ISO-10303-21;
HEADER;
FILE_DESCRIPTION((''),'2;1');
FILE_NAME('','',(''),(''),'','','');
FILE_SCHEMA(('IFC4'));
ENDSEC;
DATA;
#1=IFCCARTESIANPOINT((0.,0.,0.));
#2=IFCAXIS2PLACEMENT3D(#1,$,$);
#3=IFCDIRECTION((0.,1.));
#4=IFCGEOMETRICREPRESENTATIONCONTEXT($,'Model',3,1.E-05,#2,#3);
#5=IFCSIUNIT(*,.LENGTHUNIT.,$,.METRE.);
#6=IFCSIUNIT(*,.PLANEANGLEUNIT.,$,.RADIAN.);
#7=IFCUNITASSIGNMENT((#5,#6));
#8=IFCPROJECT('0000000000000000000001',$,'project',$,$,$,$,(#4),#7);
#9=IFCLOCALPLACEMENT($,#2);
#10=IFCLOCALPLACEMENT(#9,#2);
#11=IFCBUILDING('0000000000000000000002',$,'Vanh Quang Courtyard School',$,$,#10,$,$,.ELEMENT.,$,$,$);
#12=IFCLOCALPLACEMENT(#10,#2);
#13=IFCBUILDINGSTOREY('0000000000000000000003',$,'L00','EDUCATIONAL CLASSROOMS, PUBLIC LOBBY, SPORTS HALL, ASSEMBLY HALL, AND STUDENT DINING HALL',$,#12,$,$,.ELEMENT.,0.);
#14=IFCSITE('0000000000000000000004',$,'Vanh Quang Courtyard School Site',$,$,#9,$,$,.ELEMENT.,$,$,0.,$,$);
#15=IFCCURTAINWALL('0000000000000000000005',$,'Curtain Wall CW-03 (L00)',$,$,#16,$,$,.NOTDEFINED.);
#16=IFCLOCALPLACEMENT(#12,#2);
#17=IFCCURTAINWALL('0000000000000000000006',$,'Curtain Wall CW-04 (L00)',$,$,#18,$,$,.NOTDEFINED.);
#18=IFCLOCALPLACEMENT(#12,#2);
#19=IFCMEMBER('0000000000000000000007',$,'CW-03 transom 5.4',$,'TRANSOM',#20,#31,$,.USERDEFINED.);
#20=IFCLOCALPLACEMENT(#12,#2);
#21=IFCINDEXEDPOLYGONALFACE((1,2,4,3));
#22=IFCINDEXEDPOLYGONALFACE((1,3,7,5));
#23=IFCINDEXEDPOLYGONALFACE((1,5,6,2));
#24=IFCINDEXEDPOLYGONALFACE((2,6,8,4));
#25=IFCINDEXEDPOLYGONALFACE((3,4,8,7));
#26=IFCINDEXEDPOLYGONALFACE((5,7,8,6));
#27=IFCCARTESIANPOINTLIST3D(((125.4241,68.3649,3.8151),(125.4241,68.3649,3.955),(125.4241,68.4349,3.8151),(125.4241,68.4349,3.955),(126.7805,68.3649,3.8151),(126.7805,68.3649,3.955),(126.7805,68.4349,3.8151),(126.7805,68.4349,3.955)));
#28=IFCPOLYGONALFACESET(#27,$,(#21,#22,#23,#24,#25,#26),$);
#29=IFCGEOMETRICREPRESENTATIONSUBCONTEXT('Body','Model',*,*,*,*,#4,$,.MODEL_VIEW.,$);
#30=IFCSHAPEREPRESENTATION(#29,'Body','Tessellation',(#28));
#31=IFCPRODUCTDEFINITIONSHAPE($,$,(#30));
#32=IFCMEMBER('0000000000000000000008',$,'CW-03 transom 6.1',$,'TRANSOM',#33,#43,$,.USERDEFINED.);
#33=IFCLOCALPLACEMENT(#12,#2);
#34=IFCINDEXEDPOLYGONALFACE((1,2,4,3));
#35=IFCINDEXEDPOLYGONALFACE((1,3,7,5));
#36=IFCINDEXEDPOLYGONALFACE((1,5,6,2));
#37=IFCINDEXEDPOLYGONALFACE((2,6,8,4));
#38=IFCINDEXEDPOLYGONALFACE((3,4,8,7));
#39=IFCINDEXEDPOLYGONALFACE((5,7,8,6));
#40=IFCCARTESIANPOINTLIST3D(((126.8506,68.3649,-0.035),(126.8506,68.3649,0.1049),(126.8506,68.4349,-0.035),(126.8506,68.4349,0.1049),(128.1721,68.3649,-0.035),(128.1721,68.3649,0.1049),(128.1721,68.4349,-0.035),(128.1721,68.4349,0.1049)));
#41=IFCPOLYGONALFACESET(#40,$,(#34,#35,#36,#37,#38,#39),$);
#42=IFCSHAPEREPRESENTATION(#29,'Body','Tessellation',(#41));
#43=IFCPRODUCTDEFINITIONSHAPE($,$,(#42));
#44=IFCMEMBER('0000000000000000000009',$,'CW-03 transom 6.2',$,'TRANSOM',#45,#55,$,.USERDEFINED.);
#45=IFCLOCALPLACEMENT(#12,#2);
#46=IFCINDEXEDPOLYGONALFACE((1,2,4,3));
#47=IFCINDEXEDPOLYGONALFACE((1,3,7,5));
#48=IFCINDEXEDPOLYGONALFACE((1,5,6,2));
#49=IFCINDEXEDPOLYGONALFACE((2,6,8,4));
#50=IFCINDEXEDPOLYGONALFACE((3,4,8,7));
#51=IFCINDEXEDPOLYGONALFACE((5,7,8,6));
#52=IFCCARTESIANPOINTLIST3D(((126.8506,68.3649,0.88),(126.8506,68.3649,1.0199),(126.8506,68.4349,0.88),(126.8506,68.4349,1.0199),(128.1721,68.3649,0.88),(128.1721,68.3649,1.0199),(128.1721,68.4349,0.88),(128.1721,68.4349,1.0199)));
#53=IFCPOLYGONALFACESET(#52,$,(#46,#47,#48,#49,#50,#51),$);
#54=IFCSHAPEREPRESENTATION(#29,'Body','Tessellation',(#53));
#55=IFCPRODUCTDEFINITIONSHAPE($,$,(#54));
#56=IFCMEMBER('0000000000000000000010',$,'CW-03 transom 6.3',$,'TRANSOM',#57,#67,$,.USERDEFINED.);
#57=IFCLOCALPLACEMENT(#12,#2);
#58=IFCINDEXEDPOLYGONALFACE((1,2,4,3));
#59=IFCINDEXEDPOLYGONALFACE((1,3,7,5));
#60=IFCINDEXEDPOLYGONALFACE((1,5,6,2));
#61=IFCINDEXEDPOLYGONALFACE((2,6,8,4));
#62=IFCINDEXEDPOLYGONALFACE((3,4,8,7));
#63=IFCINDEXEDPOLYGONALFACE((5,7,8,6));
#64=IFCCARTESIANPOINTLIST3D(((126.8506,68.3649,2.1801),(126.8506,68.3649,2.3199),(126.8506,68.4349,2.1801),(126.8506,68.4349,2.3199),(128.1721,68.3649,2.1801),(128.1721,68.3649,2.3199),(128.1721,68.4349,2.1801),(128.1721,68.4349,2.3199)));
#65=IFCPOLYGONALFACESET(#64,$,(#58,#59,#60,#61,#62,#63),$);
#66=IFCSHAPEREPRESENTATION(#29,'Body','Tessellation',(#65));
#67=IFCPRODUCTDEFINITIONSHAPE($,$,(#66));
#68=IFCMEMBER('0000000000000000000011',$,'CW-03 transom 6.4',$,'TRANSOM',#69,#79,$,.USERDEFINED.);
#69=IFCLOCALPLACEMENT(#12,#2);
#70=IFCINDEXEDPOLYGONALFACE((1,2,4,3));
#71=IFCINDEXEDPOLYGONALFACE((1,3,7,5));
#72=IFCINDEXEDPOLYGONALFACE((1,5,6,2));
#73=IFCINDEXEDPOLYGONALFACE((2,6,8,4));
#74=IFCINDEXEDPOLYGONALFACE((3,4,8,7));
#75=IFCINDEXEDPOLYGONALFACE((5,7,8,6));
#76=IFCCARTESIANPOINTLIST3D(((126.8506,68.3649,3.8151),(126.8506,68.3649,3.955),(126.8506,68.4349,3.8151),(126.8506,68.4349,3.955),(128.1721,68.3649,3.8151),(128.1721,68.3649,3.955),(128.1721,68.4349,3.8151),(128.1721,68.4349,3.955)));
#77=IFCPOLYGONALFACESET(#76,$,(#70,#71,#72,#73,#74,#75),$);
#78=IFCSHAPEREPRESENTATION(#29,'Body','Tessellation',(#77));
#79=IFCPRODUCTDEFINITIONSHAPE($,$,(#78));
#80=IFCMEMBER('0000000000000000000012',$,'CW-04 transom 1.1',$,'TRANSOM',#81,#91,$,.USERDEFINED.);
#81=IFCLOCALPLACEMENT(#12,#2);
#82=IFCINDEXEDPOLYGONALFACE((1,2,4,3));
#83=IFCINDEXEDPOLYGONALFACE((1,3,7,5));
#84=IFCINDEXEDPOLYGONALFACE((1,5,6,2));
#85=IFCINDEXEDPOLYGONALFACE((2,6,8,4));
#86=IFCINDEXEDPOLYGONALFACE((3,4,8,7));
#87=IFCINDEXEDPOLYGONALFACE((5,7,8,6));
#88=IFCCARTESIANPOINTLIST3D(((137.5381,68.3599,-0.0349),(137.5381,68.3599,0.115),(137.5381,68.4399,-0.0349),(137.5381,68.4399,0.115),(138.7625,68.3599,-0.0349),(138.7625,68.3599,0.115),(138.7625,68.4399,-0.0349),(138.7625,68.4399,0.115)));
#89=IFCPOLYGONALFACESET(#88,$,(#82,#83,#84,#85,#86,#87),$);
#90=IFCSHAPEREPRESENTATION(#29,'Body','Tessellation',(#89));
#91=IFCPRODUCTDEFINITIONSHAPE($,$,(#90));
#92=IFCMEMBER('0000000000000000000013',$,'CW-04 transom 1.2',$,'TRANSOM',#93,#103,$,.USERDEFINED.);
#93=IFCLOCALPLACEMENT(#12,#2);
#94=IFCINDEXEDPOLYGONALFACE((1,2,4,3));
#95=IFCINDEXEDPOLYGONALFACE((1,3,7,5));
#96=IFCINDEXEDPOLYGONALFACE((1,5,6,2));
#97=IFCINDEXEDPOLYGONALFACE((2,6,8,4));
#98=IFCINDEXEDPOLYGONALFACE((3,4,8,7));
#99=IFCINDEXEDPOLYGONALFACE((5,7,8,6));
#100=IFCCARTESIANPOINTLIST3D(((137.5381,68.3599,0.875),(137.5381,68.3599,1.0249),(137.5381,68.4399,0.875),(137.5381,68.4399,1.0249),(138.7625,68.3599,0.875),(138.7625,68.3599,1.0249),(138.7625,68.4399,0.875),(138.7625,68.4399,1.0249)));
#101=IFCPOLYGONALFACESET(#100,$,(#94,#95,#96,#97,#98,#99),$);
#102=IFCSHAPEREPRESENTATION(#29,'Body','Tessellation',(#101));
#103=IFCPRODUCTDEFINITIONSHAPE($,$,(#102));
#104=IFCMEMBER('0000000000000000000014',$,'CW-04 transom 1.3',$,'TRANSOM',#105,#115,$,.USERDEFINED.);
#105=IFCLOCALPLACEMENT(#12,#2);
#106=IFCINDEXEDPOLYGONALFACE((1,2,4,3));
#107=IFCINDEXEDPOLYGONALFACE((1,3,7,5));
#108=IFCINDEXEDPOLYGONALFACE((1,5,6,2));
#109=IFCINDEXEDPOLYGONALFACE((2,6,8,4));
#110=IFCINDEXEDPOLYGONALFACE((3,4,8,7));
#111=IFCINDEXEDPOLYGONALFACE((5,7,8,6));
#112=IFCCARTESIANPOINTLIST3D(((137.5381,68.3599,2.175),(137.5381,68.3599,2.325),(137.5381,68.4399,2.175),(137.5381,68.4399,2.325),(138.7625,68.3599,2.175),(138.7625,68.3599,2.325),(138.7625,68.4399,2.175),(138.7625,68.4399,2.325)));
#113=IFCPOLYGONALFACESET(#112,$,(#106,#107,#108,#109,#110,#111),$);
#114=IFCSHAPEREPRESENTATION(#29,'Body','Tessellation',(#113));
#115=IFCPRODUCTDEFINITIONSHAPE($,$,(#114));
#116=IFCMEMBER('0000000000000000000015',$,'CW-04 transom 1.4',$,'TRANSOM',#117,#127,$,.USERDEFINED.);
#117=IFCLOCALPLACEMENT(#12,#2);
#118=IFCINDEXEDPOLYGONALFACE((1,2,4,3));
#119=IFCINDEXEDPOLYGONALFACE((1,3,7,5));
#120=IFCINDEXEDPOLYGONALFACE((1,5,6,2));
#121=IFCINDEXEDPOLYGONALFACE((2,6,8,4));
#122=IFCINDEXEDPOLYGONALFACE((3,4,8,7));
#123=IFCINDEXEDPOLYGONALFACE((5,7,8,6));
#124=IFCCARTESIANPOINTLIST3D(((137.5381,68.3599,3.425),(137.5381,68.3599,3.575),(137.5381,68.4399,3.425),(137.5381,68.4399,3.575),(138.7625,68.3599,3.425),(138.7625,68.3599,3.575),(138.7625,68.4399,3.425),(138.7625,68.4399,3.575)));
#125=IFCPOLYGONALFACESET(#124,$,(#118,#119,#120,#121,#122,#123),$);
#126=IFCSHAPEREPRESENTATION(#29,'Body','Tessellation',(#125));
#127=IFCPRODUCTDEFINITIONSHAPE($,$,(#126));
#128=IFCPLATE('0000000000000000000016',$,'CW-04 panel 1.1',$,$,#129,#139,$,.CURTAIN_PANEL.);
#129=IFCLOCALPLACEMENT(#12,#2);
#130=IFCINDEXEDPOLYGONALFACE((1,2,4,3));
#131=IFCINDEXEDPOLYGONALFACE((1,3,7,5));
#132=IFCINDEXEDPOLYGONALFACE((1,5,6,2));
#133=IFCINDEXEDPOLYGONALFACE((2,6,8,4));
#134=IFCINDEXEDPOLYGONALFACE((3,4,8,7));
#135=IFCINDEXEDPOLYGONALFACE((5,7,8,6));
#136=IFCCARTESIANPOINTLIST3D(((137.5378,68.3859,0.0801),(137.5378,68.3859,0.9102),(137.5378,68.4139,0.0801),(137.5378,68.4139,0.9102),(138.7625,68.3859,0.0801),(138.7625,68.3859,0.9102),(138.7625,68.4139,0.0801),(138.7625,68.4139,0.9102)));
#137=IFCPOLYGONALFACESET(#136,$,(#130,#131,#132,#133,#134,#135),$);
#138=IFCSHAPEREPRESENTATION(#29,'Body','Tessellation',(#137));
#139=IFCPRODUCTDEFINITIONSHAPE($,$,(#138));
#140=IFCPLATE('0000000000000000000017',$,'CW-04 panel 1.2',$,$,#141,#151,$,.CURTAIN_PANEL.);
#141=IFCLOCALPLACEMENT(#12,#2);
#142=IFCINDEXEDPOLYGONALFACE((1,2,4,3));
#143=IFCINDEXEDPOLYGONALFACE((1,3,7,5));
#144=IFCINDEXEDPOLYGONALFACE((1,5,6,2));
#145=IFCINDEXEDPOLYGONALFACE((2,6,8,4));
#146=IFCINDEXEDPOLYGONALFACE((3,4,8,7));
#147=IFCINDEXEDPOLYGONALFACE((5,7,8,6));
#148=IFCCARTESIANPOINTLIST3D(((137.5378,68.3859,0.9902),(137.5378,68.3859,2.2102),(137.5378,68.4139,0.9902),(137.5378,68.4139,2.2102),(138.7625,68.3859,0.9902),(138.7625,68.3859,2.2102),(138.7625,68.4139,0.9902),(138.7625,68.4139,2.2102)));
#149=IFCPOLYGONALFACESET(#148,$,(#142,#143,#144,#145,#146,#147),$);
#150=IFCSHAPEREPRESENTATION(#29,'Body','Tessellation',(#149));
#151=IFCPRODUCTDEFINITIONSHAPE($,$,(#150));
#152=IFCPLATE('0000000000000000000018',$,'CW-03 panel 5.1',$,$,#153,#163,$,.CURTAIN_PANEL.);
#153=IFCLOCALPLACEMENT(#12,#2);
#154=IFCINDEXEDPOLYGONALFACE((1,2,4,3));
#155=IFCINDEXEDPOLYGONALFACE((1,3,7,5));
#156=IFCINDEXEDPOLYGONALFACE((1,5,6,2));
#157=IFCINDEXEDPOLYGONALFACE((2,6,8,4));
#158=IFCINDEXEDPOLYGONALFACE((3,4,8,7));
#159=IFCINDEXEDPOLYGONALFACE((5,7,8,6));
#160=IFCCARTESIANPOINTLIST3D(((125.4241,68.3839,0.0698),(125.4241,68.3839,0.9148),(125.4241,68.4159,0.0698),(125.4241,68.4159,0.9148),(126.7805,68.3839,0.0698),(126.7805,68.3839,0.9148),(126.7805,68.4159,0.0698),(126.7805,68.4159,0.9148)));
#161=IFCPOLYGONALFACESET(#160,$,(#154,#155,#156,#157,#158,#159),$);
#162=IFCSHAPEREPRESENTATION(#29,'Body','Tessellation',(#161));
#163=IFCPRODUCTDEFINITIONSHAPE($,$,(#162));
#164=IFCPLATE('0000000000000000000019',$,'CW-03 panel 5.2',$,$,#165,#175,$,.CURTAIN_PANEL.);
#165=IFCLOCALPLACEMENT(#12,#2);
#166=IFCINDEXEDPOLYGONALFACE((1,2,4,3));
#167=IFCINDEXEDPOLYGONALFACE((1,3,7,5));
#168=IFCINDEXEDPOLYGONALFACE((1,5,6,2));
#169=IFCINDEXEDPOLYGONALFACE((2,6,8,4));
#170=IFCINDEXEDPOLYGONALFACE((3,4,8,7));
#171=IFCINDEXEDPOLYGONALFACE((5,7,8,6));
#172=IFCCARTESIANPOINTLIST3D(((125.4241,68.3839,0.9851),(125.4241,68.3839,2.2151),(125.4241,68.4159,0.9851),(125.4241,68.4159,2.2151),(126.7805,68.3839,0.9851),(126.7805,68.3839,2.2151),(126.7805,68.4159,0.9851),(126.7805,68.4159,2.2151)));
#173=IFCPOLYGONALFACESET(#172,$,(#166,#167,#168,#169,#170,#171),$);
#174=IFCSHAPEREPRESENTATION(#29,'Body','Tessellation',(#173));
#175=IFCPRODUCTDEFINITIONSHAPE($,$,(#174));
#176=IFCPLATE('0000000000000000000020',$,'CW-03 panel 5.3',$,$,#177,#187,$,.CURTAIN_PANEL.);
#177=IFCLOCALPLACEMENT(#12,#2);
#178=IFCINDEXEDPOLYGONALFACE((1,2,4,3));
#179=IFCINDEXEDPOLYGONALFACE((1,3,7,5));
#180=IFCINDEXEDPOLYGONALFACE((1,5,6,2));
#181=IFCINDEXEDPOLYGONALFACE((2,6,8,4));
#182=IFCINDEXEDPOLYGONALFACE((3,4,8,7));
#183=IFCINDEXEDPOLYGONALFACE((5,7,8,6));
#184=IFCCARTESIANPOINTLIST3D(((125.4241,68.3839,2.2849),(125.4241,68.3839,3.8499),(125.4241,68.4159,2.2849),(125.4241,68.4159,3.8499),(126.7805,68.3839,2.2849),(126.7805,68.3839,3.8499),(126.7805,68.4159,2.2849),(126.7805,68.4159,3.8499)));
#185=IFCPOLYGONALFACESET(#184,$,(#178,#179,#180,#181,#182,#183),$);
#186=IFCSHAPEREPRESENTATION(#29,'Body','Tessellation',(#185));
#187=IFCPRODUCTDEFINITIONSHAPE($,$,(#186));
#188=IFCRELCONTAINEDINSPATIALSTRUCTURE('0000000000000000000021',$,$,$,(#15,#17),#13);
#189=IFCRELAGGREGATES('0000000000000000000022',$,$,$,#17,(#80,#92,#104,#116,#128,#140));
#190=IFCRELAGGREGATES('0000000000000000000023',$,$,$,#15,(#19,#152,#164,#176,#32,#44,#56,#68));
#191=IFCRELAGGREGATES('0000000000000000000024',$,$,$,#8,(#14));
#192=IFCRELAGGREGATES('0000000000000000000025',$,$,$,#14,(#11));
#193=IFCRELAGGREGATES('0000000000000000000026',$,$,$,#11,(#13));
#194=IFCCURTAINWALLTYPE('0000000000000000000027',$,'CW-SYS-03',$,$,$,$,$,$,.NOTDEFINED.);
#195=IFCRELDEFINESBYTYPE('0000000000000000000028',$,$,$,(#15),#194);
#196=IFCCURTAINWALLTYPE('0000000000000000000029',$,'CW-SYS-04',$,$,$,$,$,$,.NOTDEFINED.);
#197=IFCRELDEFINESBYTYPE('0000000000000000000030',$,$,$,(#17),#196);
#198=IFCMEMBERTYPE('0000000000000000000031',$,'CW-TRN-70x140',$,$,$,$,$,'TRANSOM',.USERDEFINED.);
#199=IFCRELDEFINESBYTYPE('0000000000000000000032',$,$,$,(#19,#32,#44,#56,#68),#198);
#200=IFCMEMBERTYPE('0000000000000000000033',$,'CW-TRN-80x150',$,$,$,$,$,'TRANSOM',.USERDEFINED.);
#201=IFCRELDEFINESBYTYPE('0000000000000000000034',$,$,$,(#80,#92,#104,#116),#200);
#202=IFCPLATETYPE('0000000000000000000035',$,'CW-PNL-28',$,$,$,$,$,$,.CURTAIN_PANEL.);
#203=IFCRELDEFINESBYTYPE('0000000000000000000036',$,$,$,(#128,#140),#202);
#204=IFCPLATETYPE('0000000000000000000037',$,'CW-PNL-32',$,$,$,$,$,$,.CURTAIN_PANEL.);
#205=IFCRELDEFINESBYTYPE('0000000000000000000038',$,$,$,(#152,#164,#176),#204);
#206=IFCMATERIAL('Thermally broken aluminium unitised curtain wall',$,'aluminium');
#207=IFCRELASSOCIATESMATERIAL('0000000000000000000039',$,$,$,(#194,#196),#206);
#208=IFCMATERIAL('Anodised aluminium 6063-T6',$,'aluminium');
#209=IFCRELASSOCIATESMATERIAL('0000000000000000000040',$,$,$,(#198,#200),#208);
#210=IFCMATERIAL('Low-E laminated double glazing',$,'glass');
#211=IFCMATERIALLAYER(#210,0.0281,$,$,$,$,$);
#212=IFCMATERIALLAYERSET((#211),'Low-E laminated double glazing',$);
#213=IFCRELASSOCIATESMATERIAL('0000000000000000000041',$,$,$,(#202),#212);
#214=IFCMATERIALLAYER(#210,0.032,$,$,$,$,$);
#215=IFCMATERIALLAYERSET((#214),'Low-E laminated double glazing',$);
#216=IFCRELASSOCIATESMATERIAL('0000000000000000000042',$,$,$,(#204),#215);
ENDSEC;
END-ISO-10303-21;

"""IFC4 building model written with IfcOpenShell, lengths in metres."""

from ifc_helpers import new_model, si_unit, direction, frame, origin, origin_2d, place, context, subcontext, project, spatial, rectangle, extrude, material, layer, layer_set, material_profile, profile_set, type_object, element, aggregate, save


model = new_model("IFC4")

# Units and contexts
model_context = context("Model", 3, precision=1e-05, world=origin(), true_north=direction((0.0, 1.0)))
body_context = subcontext(model_context, "Body", "Model", "MODEL_VIEW")
ifc_project = project(units=[si_unit("LENGTHUNIT", "METRE"), si_unit("PLANEANGLEUNIT", "RADIAN")], contexts=[model_context])

# Site, building, storey
site_placement = place(None, origin())
site = spatial("IfcSite", under=ifc_project, at=site_placement, Name="Vanh Quang Courtyard School Site", CompositionType="ELEMENT", RefElevation=0.0)
building_placement = place(site_placement, origin())
building = spatial("IfcBuilding", under=site, at=building_placement, Name="Vanh Quang Courtyard School", CompositionType="ELEMENT")
storey_placement = place(building_placement, origin())
storey = spatial("IfcBuildingStorey", under=building, at=storey_placement, Name="L00", Description="EDUCATIONAL CLASSROOMS, PUBLIC LOBBY, SPORTS HALL, ASSEMBLY HALL, AND STUDENT DINING HALL", CompositionType="ELEMENT", Elevation=0.0)

# Curtain wall
ifc_material_1 = material(Name="Thermally broken aluminium unitised curtain wall", Category="aluminium")
curtain_wall_type_1 = type_object("IfcCurtainWallType", Name="CW-SYS-03", PredefinedType="NOTDEFINED", material=ifc_material_1)
curtain_wall_1_placement = place(storey_placement, origin())
curtain_wall_1 = element("IfcCurtainWall", 1, at=curtain_wall_1_placement, inside=storey, type_object=curtain_wall_type_1, Name="Curtain Wall CW-03 (L00)", PredefinedType="NOTDEFINED")
ifc_material_2 = material(Name="Anodised aluminium 6063-T6", Category="aluminium")

# Curtain wall
curtain_wall_type_2 = type_object("IfcCurtainWallType", Name="CW-SYS-04", PredefinedType="NOTDEFINED", material=ifc_material_1)
curtain_wall_2_placement = place(storey_placement, origin())
curtain_wall_2 = element("IfcCurtainWall", 2, at=curtain_wall_2_placement, inside=storey, type_object=curtain_wall_type_2, Name="Curtain Wall CW-04 (L00)", PredefinedType="NOTDEFINED")

# Members
ifc_material_profile_1 = material_profile(ifc_material_2, rectangle(XDim=0.0701, YDim=0.1399, at=origin_2d()), Name="ALU-TRN 70x140")
ifc_profile_set_1 = profile_set([ifc_material_profile_1], Name="Anodised aluminium 6063-T6")
member_type_1 = type_object("IfcMemberType", Name="CW-TRN-70x140", ElementType="TRANSOM", PredefinedType="USERDEFINED", material=ifc_profile_set_1)
member_1_placement = place(storey_placement, frame((125.4241, 68.3999, 3.885), z_axis=(1.0, 0.0, 0.0), x_axis=(0.0, 1.0, 0.0)))
member_1 = element("IfcMember", 3, at=member_1_placement, type_object=member_type_1, Name="CW-03 transom 5.4", ObjectType="TRANSOM", PredefinedType="USERDEFINED", context=body_context, shape_type="SweptSolid", body=[
    extrude(rectangle(XDim=0.0701, YDim=0.1399, at=origin_2d()), origin(), (0.0, 0.0, 1.0), 1.3564),
])
member_2_placement = place(storey_placement, frame((126.8506, 68.3999, 0.0349), z_axis=(1.0, 0.0, 0.0), x_axis=(0.0, 1.0, 0.0)))
member_2 = element("IfcMember", 4, at=member_2_placement, type_object=member_type_1, Name="CW-03 transom 6.1", ObjectType="TRANSOM", PredefinedType="USERDEFINED", context=body_context, shape_type="SweptSolid", body=[
    extrude(rectangle(XDim=0.0701, YDim=0.1399, at=origin_2d()), origin(), (0.0, 0.0, 1.0), 1.3215),
])
member_3_placement = place(storey_placement, frame((126.8506, 68.3999, 0.95), z_axis=(1.0, 0.0, 0.0), x_axis=(0.0, 1.0, 0.0)))
member_3 = element("IfcMember", 5, at=member_3_placement, type_object=member_type_1, Name="CW-03 transom 6.2", ObjectType="TRANSOM", PredefinedType="USERDEFINED", context=body_context, shape_type="SweptSolid", body=[
    extrude(rectangle(XDim=0.0701, YDim=0.1399, at=origin_2d()), origin(), (0.0, 0.0, 1.0), 1.3215),
])
member_4_placement = place(storey_placement, frame((126.8506, 68.3999, 2.25), z_axis=(1.0, 0.0, 0.0), x_axis=(0.0, 1.0, 0.0)))
member_4 = element("IfcMember", 6, at=member_4_placement, type_object=member_type_1, Name="CW-03 transom 6.3", ObjectType="TRANSOM", PredefinedType="USERDEFINED", context=body_context, shape_type="SweptSolid", body=[
    extrude(rectangle(XDim=0.0701, YDim=0.1399, at=origin_2d()), origin(), (0.0, 0.0, 1.0), 1.3215),
])
member_5_placement = place(storey_placement, frame((126.8506, 68.3999, 3.885), z_axis=(1.0, 0.0, 0.0), x_axis=(0.0, 1.0, 0.0)))
member_5 = element("IfcMember", 7, at=member_5_placement, type_object=member_type_1, Name="CW-03 transom 6.4", ObjectType="TRANSOM", PredefinedType="USERDEFINED", context=body_context, shape_type="SweptSolid", body=[
    extrude(rectangle(XDim=0.0701, YDim=0.1399, at=origin_2d()), origin(), (0.0, 0.0, 1.0), 1.3215),
])
ifc_material_profile_2 = material_profile(ifc_material_2, rectangle(XDim=0.0801, YDim=0.1499, at=origin_2d()), Name="ALU-TRN 80x150")
ifc_profile_set_2 = profile_set([ifc_material_profile_2], Name="Anodised aluminium 6063-T6")
member_type_2 = type_object("IfcMemberType", Name="CW-TRN-80x150", ElementType="TRANSOM", PredefinedType="USERDEFINED", material=ifc_profile_set_2)
member_6_placement = place(storey_placement, frame((137.5381, 68.3999, 0.04), z_axis=(1.0, 0.0, 0.0), x_axis=(0.0, 1.0, 0.0)))
member_6 = element("IfcMember", 8, at=member_6_placement, type_object=member_type_2, Name="CW-04 transom 1.1", ObjectType="TRANSOM", PredefinedType="USERDEFINED", context=body_context, shape_type="SweptSolid", body=[
    extrude(rectangle(XDim=0.0801, YDim=0.1499, at=origin_2d()), origin(), (0.0, 0.0, 1.0), 1.2244),
])
member_7_placement = place(storey_placement, frame((137.5381, 68.3999, 0.95), z_axis=(1.0, 0.0, 0.0), x_axis=(0.0, 1.0, 0.0)))
member_7 = element("IfcMember", 9, at=member_7_placement, type_object=member_type_2, Name="CW-04 transom 1.2", ObjectType="TRANSOM", PredefinedType="USERDEFINED", context=body_context, shape_type="SweptSolid", body=[
    extrude(rectangle(XDim=0.0801, YDim=0.1499, at=origin_2d()), origin(), (0.0, 0.0, 1.0), 1.2244),
])
member_8_placement = place(storey_placement, frame((137.5381, 68.3999, 2.25), z_axis=(1.0, 0.0, 0.0), x_axis=(0.0, 1.0, 0.0)))
member_8 = element("IfcMember", 10, at=member_8_placement, type_object=member_type_2, Name="CW-04 transom 1.3", ObjectType="TRANSOM", PredefinedType="USERDEFINED", context=body_context, shape_type="SweptSolid", body=[
    extrude(rectangle(XDim=0.0801, YDim=0.1499, at=origin_2d()), origin(), (0.0, 0.0, 1.0), 1.2244),
])
member_9_placement = place(storey_placement, frame((137.5381, 68.3999, 3.5), z_axis=(1.0, 0.0, 0.0), x_axis=(0.0, 1.0, 0.0)))
member_9 = element("IfcMember", 11, at=member_9_placement, type_object=member_type_2, Name="CW-04 transom 1.4", ObjectType="TRANSOM", PredefinedType="USERDEFINED", context=body_context, shape_type="SweptSolid", body=[
    extrude(rectangle(XDim=0.0801, YDim=0.1499, at=origin_2d()), origin(), (0.0, 0.0, 1.0), 1.2244),
])

# Plates
ifc_material_3 = material(Name="Low-E laminated double glazing", Category="glass")
ifc_layer_1 = layer(ifc_material_3, 0.0281)
ifc_layer_set_1 = layer_set([ifc_layer_1], Name="Low-E laminated double glazing")
plate_type_1 = type_object("IfcPlateType", Name="CW-PNL-28", PredefinedType="CURTAIN_PANEL", material=ifc_layer_set_1)
plate_1_placement = place(storey_placement, frame((138.1501, 68.3999, 0.0801), z_axis=(0.0, 0.0, 1.0), x_axis=(1.0, 0.0, 0.0)))
plate_1 = element("IfcPlate", 12, at=plate_1_placement, type_object=plate_type_1, Name="CW-04 panel 1.1", PredefinedType="CURTAIN_PANEL", context=body_context, shape_type="SweptSolid", body=[
    extrude(rectangle(XDim=1.2246, YDim=0.0281, at=origin_2d()), origin(), (0.0, 0.0, 1.0), 0.8301),
])
plate_2_placement = place(storey_placement, frame((138.1501, 68.3999, 0.9902), z_axis=(0.0, 0.0, 1.0), x_axis=(1.0, 0.0, 0.0)))
plate_2 = element("IfcPlate", 13, at=plate_2_placement, type_object=plate_type_1, Name="CW-04 panel 1.2", PredefinedType="CURTAIN_PANEL", context=body_context, shape_type="SweptSolid", body=[
    extrude(rectangle(XDim=1.2246, YDim=0.0281, at=origin_2d()), origin(), (0.0, 0.0, 1.0), 1.22),
])
aggregate(curtain_wall_2, [member_6, member_7, member_8, member_9, plate_1, plate_2])
ifc_layer_2 = layer(ifc_material_3, 0.032)
ifc_layer_set_2 = layer_set([ifc_layer_2], Name="Low-E laminated double glazing")
plate_type_2 = type_object("IfcPlateType", Name="CW-PNL-32", PredefinedType="CURTAIN_PANEL", material=ifc_layer_set_2)
plate_3_placement = place(storey_placement, frame((126.1023, 68.3999, 0.0698), z_axis=(0.0, 0.0, 1.0), x_axis=(1.0, 0.0, 0.0)))
plate_3 = element("IfcPlate", 14, at=plate_3_placement, type_object=plate_type_2, Name="CW-03 panel 5.1", PredefinedType="CURTAIN_PANEL", context=body_context, shape_type="SweptSolid", body=[
    extrude(rectangle(XDim=1.3564, YDim=0.032, at=origin_2d()), origin(), (0.0, 0.0, 1.0), 0.845),
])
plate_4_placement = place(storey_placement, frame((126.1023, 68.3999, 0.9851), z_axis=(0.0, 0.0, 1.0), x_axis=(1.0, 0.0, 0.0)))
plate_4 = element("IfcPlate", 15, at=plate_4_placement, type_object=plate_type_2, Name="CW-03 panel 5.2", PredefinedType="CURTAIN_PANEL", context=body_context, shape_type="SweptSolid", body=[
    extrude(rectangle(XDim=1.3564, YDim=0.032, at=origin_2d()), origin(), (0.0, 0.0, 1.0), 1.23),
])
plate_5_placement = place(storey_placement, frame((126.1023, 68.3999, 2.2849), z_axis=(0.0, 0.0, 1.0), x_axis=(1.0, 0.0, 0.0)))
plate_5 = element("IfcPlate", 16, at=plate_5_placement, type_object=plate_type_2, Name="CW-03 panel 5.3", PredefinedType="CURTAIN_PANEL", context=body_context, shape_type="SweptSolid", body=[
    extrude(rectangle(XDim=1.3564, YDim=0.032, at=origin_2d()), origin(), (0.0, 0.0, 1.0), 1.5649),
])
aggregate(curtain_wall_1, [member_1, plate_3, plate_4, plate_5, member_2, member_3, member_4, member_5])

save(model, "model.ifc")
